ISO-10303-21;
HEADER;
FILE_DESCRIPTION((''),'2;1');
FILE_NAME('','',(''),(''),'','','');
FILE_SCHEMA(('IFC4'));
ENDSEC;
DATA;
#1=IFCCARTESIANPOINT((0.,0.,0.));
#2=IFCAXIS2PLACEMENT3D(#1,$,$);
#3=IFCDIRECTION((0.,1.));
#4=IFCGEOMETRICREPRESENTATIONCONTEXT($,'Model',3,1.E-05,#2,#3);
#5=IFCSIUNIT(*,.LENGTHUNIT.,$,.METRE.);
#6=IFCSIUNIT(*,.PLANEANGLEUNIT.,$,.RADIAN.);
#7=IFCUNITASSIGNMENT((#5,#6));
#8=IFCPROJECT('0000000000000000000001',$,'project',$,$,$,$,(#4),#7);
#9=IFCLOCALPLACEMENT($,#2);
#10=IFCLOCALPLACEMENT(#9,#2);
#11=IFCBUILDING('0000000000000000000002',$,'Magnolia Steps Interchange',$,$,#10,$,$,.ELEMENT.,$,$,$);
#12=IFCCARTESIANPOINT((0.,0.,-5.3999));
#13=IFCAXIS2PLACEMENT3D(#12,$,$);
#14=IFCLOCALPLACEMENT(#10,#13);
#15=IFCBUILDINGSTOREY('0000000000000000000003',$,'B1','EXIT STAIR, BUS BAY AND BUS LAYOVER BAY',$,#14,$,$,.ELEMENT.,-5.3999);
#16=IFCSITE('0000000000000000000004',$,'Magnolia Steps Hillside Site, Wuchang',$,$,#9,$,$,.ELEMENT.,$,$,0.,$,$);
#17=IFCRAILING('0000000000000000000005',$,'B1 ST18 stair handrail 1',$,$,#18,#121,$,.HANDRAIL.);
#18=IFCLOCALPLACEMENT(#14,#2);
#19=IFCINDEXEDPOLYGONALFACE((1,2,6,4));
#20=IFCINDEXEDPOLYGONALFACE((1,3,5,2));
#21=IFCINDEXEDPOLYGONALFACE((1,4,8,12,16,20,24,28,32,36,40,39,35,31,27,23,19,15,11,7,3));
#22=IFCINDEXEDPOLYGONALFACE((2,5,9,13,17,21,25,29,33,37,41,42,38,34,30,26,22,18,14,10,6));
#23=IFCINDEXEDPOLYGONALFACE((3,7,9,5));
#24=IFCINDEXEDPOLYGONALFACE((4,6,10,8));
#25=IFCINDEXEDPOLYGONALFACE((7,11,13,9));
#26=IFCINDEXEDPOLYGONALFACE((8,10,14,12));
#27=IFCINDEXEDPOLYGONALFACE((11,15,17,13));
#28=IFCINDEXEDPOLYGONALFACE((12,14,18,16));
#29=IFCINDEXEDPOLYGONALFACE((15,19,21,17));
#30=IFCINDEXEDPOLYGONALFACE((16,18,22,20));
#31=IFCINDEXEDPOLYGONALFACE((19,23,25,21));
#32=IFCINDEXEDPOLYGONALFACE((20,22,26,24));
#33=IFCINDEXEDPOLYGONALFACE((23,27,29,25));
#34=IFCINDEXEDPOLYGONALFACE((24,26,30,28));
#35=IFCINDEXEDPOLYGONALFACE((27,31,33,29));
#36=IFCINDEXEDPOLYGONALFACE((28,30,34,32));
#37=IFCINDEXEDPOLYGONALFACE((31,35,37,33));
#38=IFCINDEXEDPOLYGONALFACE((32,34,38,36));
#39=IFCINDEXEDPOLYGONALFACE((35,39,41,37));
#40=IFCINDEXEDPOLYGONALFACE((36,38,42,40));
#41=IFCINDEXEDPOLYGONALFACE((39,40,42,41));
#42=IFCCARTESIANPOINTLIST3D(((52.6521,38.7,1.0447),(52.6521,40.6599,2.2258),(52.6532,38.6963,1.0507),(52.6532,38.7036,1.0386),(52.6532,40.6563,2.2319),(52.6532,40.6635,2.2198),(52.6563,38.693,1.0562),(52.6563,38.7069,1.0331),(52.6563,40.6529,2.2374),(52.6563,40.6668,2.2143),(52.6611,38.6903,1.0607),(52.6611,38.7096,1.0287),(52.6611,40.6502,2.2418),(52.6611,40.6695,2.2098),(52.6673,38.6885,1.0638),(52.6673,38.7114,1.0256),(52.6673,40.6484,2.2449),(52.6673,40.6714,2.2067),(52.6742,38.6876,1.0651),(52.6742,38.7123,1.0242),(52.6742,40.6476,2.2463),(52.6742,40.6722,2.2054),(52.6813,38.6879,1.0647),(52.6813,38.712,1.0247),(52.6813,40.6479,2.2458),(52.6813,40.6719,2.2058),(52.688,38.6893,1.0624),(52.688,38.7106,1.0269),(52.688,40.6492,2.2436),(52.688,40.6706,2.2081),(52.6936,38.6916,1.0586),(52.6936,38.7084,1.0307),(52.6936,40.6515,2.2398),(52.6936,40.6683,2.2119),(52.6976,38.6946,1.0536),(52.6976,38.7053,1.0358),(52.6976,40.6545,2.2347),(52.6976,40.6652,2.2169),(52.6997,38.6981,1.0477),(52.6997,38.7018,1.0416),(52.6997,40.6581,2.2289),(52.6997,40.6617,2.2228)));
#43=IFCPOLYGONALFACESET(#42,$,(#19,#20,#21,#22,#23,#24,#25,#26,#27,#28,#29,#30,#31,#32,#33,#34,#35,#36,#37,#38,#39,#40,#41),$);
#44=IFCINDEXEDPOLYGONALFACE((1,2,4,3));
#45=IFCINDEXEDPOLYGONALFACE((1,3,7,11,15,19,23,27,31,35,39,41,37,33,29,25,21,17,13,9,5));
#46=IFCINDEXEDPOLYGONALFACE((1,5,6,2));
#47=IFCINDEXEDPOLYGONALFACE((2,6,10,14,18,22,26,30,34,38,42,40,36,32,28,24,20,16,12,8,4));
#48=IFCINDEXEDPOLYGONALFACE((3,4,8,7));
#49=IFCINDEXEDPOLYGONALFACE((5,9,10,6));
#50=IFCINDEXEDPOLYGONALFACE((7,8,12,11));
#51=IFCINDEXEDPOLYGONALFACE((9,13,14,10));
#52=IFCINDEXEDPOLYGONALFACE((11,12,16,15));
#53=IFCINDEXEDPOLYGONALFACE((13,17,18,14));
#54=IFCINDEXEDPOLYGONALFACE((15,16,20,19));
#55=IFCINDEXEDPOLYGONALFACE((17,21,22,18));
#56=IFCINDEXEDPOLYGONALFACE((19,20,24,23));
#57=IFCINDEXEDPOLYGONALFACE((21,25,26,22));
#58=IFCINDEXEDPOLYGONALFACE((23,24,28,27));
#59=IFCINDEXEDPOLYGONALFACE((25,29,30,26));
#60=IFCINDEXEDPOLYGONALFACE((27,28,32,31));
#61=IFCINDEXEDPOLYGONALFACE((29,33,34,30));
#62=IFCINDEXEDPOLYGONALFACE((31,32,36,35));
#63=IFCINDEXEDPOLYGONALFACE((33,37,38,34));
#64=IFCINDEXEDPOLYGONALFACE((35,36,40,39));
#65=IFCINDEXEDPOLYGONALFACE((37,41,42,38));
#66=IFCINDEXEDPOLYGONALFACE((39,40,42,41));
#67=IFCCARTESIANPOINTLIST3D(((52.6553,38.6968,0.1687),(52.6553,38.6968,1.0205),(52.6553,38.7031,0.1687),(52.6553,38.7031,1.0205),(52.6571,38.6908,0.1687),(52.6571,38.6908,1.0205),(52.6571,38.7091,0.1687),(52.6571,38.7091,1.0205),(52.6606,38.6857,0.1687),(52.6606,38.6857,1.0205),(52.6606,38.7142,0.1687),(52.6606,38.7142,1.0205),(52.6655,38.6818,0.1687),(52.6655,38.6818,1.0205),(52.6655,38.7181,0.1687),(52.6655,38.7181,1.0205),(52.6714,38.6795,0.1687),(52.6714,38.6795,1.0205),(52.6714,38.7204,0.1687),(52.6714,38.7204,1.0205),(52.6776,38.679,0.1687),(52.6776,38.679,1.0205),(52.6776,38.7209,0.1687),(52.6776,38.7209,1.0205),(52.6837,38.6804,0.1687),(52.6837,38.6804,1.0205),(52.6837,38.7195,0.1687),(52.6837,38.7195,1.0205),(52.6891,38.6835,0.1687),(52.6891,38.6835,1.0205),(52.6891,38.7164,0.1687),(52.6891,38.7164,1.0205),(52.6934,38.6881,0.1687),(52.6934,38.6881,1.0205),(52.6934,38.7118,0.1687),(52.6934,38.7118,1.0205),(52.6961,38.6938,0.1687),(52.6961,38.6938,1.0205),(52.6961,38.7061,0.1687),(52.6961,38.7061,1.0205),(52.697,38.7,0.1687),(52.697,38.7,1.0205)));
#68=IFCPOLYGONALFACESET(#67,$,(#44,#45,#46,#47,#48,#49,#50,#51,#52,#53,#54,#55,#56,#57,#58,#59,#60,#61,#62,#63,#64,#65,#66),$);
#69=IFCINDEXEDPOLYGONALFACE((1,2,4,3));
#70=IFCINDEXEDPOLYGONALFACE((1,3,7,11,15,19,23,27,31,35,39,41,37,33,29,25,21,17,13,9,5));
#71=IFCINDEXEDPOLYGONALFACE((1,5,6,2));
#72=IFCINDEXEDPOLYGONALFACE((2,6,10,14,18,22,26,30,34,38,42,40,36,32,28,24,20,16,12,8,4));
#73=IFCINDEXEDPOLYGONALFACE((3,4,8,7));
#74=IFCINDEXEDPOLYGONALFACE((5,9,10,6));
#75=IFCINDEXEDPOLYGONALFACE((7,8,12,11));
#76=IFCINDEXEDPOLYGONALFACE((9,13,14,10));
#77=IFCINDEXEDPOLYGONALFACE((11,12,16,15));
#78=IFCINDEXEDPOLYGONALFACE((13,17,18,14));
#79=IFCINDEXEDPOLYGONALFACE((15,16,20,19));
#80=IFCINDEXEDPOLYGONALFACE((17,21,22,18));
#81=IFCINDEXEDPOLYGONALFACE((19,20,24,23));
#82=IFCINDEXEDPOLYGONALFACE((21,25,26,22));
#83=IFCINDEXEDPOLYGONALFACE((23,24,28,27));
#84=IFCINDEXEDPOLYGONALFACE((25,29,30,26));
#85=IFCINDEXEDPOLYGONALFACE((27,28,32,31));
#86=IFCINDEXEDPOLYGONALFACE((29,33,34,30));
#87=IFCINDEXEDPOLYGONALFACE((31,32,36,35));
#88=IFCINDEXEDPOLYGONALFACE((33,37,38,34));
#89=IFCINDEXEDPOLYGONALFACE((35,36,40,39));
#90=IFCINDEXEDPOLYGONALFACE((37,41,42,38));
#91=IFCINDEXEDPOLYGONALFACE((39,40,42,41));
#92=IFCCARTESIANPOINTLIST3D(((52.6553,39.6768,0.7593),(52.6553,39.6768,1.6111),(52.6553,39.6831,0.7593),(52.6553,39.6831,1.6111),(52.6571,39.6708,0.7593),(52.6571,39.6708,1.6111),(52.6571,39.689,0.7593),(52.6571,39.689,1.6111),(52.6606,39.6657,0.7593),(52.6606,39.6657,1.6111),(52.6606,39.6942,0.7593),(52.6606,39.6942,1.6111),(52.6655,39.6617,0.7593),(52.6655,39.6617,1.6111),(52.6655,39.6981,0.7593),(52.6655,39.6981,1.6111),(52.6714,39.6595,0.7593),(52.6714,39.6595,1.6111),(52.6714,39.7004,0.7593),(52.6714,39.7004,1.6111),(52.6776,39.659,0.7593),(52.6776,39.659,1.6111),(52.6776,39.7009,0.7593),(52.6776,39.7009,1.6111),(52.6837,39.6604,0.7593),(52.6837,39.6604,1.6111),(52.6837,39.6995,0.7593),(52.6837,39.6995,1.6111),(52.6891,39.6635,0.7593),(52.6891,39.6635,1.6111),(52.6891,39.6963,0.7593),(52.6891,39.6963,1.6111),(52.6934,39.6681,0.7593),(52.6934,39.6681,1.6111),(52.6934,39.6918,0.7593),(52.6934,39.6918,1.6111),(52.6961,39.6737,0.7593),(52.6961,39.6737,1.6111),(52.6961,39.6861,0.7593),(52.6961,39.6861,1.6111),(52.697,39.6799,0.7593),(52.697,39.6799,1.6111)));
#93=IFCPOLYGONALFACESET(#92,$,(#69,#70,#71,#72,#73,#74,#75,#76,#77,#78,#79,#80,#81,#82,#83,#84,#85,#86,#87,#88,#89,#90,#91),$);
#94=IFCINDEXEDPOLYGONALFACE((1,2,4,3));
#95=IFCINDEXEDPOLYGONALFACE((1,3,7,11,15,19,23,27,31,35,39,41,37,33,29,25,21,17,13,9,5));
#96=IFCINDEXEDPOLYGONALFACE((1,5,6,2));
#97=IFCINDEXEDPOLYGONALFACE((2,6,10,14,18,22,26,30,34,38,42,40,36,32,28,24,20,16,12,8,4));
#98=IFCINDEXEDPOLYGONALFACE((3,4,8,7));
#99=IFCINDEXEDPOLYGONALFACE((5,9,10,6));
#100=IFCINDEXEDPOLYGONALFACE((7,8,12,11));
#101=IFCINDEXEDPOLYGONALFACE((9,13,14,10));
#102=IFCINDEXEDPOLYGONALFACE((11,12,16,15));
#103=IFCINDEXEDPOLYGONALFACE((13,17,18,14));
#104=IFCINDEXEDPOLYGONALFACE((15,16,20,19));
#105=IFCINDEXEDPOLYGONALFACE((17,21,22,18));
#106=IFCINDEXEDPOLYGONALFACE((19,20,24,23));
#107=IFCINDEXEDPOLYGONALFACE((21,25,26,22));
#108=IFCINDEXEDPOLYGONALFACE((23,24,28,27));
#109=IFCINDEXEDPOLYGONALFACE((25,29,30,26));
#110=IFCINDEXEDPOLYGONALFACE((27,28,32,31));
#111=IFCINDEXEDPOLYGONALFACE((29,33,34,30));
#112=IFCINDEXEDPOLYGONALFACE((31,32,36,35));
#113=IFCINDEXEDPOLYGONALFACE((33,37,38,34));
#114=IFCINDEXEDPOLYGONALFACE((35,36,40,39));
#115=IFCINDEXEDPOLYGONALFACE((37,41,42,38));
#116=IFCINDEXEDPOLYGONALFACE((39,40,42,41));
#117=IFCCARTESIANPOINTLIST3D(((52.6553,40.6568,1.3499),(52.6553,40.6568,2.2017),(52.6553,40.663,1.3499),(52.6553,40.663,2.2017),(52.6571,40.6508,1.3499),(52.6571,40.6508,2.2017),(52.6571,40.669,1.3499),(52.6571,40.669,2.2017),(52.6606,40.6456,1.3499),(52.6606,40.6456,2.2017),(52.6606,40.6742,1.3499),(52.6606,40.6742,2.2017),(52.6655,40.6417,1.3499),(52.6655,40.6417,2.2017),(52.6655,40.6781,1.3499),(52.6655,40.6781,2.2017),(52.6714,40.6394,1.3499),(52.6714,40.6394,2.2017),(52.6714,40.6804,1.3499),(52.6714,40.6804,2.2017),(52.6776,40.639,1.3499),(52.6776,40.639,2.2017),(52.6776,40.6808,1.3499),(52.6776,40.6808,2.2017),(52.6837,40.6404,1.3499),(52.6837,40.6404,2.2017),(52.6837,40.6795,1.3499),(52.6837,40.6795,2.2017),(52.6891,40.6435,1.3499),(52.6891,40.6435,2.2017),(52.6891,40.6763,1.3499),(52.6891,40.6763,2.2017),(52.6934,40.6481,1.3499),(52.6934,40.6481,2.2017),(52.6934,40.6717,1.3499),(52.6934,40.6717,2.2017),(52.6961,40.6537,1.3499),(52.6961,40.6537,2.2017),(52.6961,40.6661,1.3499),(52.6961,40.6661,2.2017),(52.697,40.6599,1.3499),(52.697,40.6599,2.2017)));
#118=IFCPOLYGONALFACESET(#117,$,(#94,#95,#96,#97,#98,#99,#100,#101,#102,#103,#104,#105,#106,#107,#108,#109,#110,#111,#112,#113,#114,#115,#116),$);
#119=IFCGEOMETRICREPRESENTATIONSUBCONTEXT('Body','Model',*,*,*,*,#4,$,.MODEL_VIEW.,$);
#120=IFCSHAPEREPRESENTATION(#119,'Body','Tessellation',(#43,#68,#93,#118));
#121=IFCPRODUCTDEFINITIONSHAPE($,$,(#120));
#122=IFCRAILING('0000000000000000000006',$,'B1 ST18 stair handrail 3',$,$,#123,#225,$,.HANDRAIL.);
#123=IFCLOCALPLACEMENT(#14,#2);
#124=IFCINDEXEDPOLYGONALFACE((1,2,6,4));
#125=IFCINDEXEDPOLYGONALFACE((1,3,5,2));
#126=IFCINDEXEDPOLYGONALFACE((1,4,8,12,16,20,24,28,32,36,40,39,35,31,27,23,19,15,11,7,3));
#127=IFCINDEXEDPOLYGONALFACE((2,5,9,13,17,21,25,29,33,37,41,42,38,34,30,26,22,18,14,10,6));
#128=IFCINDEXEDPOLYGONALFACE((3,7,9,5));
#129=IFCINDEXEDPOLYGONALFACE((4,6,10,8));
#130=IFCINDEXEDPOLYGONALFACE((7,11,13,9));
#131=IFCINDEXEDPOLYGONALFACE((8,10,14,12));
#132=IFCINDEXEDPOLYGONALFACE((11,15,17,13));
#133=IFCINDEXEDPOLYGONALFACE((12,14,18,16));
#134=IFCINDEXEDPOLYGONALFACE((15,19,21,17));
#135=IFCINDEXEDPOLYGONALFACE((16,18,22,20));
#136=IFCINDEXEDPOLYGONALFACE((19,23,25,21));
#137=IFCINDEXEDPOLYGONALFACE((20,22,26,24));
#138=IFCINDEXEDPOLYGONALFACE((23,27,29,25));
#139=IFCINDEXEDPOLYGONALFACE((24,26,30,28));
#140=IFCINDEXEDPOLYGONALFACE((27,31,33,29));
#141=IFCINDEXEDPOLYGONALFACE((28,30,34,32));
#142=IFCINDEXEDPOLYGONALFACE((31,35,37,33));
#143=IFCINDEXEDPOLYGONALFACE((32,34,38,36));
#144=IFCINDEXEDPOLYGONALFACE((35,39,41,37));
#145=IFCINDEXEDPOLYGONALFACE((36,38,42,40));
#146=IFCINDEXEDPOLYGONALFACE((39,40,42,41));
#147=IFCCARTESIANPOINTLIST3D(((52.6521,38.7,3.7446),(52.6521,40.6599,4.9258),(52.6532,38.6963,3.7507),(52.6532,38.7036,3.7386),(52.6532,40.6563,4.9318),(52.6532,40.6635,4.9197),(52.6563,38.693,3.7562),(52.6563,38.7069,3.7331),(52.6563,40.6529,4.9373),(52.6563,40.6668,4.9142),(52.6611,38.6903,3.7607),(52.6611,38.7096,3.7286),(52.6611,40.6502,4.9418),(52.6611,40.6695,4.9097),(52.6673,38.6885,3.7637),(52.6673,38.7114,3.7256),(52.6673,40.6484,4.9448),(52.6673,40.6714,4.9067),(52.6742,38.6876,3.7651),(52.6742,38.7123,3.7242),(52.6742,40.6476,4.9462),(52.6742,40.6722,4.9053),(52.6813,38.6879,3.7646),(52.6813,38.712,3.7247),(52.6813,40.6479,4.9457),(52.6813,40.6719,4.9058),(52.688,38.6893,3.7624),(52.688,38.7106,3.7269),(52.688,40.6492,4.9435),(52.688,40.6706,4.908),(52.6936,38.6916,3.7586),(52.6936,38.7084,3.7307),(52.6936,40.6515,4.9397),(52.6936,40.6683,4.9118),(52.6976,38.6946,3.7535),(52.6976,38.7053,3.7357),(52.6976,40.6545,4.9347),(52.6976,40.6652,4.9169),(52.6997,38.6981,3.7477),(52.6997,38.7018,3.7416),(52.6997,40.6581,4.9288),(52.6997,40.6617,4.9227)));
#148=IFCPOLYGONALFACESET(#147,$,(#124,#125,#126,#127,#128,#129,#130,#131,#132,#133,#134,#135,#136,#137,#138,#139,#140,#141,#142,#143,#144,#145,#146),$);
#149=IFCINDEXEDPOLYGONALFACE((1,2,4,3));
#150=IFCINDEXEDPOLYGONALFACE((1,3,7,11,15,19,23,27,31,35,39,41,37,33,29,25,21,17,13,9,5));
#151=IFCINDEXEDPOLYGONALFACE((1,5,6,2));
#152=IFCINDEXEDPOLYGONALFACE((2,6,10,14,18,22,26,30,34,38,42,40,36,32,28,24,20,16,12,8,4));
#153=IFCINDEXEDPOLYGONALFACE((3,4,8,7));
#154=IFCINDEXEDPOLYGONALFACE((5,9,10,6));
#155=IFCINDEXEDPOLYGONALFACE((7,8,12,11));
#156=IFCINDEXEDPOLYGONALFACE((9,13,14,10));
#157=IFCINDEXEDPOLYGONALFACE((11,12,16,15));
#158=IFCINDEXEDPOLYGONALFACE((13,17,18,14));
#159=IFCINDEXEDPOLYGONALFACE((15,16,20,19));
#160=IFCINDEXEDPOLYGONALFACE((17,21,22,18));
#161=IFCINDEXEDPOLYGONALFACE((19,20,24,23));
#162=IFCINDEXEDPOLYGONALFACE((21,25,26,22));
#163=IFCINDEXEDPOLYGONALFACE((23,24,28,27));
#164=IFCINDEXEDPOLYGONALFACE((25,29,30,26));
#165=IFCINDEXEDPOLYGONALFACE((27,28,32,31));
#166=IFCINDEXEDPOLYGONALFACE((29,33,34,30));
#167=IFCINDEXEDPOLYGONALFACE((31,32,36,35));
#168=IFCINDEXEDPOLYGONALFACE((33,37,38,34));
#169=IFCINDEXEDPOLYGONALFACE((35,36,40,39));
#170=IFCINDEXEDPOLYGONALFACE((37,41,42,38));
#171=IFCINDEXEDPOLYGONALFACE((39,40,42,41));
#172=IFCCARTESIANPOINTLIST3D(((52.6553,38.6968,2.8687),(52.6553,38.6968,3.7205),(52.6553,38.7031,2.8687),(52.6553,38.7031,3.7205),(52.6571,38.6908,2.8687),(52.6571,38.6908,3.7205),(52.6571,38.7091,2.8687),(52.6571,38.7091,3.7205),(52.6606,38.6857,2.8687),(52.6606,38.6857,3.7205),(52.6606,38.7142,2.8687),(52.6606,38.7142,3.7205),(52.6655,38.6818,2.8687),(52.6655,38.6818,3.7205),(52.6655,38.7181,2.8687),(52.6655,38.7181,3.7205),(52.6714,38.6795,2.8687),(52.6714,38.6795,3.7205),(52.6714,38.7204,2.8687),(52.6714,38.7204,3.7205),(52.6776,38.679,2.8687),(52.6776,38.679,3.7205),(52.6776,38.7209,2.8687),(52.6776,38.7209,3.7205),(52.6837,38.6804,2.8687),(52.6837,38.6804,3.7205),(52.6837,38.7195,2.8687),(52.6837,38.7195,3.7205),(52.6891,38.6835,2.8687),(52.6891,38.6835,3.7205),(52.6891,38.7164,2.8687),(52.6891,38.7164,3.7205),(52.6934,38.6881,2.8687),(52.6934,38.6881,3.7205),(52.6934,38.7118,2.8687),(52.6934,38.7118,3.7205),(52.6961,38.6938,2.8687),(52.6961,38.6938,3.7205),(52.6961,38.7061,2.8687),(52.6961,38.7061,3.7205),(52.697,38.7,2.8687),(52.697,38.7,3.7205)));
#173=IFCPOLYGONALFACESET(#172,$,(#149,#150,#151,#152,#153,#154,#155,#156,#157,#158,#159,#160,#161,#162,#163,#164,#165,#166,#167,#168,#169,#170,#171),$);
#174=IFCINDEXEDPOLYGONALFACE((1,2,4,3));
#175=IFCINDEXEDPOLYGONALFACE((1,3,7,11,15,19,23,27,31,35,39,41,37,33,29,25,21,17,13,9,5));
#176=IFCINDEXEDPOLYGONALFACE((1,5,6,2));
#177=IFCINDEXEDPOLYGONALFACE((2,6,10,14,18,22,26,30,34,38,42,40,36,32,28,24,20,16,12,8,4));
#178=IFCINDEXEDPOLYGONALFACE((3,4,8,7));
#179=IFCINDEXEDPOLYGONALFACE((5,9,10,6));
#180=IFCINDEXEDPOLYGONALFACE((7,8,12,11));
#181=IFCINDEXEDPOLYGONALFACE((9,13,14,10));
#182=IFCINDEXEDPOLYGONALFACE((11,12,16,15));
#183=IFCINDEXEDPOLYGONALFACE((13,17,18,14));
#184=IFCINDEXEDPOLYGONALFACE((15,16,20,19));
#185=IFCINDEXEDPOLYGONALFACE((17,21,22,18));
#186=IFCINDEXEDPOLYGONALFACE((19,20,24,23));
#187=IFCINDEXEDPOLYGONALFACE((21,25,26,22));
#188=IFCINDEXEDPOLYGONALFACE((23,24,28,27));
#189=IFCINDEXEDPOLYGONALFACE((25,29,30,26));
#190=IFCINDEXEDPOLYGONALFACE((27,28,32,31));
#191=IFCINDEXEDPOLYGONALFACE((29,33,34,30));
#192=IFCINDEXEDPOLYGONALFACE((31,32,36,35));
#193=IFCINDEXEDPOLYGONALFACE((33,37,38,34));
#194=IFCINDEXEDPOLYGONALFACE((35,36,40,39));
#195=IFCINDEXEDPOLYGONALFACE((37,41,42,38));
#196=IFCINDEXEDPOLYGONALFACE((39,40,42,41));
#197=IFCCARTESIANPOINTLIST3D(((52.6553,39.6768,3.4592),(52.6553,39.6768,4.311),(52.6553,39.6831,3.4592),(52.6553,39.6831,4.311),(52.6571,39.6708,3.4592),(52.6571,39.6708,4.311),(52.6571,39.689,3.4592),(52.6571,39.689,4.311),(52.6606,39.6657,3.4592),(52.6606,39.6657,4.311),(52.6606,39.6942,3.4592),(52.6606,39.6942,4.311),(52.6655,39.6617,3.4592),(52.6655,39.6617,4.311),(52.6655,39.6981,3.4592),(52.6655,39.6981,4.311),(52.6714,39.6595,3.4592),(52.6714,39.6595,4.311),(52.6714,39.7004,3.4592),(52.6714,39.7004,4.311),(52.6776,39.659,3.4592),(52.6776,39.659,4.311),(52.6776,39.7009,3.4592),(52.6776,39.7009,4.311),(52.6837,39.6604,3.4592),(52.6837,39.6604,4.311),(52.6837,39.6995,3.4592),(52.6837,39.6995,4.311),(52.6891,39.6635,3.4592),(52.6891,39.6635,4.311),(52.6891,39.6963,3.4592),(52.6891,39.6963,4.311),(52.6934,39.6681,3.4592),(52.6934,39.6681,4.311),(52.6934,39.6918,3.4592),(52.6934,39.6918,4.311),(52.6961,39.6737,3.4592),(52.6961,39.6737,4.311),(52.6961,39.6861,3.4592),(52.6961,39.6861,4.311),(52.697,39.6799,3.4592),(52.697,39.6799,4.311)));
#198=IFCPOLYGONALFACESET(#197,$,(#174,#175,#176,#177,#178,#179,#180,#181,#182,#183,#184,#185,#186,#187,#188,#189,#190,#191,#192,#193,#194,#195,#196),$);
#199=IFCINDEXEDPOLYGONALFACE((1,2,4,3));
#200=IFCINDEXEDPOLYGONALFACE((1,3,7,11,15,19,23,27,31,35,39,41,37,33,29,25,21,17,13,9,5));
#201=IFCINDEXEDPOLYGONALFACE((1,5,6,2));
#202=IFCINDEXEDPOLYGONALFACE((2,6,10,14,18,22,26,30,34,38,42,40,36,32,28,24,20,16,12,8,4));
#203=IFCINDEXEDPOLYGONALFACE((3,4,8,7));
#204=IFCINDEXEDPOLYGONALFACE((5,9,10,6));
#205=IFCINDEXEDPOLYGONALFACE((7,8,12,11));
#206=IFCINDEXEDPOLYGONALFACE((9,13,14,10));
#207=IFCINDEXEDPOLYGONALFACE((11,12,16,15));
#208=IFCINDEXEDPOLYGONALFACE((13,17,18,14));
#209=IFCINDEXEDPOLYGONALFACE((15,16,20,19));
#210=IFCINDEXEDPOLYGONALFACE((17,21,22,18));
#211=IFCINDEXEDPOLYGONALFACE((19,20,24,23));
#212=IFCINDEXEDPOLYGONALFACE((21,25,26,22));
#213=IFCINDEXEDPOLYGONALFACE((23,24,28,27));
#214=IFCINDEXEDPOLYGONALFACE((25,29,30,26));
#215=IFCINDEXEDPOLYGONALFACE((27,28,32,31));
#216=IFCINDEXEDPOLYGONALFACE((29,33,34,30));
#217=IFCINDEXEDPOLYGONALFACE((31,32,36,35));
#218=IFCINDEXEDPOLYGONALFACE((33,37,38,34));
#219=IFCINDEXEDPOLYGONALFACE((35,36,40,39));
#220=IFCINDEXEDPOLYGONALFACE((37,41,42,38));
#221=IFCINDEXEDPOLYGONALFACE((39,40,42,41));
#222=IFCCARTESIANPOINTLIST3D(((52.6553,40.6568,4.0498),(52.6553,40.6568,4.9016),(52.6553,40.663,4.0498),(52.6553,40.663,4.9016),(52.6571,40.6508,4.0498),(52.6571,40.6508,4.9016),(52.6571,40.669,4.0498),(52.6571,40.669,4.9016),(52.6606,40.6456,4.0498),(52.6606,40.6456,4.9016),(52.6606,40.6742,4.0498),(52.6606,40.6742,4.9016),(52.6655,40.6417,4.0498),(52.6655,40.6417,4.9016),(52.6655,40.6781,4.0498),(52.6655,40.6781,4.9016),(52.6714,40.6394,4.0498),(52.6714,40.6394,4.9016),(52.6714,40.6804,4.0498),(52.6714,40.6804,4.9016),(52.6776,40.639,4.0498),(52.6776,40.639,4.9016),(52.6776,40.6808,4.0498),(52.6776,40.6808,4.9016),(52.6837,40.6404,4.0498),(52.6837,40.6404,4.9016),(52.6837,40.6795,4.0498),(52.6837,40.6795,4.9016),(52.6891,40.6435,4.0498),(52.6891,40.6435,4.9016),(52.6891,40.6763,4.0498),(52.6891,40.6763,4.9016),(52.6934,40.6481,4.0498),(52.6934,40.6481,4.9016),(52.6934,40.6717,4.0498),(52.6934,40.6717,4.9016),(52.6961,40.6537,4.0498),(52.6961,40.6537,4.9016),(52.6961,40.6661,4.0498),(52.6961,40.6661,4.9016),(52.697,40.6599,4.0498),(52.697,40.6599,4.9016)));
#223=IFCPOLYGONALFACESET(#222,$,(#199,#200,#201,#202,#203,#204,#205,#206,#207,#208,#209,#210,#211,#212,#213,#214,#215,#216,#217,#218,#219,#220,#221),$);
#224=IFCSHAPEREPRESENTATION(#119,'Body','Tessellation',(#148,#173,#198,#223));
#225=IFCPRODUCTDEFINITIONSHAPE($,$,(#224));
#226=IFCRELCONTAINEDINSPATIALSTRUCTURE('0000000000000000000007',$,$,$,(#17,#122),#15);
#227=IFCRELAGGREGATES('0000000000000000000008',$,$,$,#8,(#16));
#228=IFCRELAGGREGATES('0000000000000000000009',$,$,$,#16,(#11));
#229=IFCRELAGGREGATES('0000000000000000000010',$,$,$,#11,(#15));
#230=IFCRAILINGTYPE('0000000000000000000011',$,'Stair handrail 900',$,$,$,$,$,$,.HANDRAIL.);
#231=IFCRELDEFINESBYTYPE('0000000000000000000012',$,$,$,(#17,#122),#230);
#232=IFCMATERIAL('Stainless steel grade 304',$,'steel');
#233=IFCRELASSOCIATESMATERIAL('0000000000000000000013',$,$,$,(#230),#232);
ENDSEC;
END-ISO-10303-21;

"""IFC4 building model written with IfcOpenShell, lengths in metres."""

from ifc_helpers import new_model, si_unit, direction, frame, origin, origin_2d, place, context, subcontext, project, spatial, circle, extrude, material, type_object, element, save


model = new_model("IFC4")

# Units and contexts
model_context = context("Model", 3, precision=1e-05, world=origin(), true_north=direction((0.0, 1.0)))
body_context = subcontext(model_context, "Body", "Model", "MODEL_VIEW")
ifc_project = project(units=[si_unit("LENGTHUNIT", "METRE"), si_unit("PLANEANGLEUNIT", "RADIAN")], contexts=[model_context])

# Site, building, storey
site_placement = place(None, origin())
site = spatial("IfcSite", under=ifc_project, at=site_placement, Name="Magnolia Steps Hillside Site, Wuchang", CompositionType="ELEMENT", RefElevation=0.0)
building_placement = place(site_placement, origin())
building = spatial("IfcBuilding", under=site, at=building_placement, Name="Magnolia Steps Interchange", CompositionType="ELEMENT")
storey_placement = place(building_placement, frame((0.0, 0.0, -5.3999)))
storey = spatial("IfcBuildingStorey", under=building, at=storey_placement, Name="B1", Description="EXIT STAIR, BUS BAY AND BUS LAYOVER BAY", CompositionType="ELEMENT", Elevation=-5.3999)

# Railings
ifc_material_1 = material(Name="Stainless steel grade 304", Category="steel")
railing_type_1 = type_object("IfcRailingType", Name="Stair handrail 900", PredefinedType="HANDRAIL", material=ifc_material_1)
for number, where, name in (
    (1, (52.676, 38.7, 0.1687), "B1 ST18 stair handrail 1"),
    (2, (52.676, 38.7, 2.8687), "B1 ST18 stair handrail 3"),
):
    element("IfcRailing", number, at=place(storey_placement, frame(where)), inside=storey, type_object=railing_type_1, Name=name, PredefinedType="HANDRAIL", context=body_context, shape_type="SweptSolid", body=[
        extrude(circle(Radius=0.0239, at=origin_2d()), frame((0.0, 0.0, 0.876), z_axis=(0.0, 0.856493, 0.516158), x_axis=(-1.0, 0.0, 0.0)), (0.0, 0.0, 1.0), 2.2883),
        extrude(circle(Radius=0.021, at=origin_2d()), origin(), (0.0, 0.0, 1.0), 0.8518),
        extrude(circle(Radius=0.021, at=origin_2d()), frame((0.0, 0.98, 0.5906)), (0.0, 0.0, 1.0), 0.8518),
        extrude(circle(Radius=0.021, at=origin_2d()), frame((0.0, 1.96, 1.1812)), (0.0, 0.0, 1.0), 0.8518),
    ])

save(model, "model.ifc")
